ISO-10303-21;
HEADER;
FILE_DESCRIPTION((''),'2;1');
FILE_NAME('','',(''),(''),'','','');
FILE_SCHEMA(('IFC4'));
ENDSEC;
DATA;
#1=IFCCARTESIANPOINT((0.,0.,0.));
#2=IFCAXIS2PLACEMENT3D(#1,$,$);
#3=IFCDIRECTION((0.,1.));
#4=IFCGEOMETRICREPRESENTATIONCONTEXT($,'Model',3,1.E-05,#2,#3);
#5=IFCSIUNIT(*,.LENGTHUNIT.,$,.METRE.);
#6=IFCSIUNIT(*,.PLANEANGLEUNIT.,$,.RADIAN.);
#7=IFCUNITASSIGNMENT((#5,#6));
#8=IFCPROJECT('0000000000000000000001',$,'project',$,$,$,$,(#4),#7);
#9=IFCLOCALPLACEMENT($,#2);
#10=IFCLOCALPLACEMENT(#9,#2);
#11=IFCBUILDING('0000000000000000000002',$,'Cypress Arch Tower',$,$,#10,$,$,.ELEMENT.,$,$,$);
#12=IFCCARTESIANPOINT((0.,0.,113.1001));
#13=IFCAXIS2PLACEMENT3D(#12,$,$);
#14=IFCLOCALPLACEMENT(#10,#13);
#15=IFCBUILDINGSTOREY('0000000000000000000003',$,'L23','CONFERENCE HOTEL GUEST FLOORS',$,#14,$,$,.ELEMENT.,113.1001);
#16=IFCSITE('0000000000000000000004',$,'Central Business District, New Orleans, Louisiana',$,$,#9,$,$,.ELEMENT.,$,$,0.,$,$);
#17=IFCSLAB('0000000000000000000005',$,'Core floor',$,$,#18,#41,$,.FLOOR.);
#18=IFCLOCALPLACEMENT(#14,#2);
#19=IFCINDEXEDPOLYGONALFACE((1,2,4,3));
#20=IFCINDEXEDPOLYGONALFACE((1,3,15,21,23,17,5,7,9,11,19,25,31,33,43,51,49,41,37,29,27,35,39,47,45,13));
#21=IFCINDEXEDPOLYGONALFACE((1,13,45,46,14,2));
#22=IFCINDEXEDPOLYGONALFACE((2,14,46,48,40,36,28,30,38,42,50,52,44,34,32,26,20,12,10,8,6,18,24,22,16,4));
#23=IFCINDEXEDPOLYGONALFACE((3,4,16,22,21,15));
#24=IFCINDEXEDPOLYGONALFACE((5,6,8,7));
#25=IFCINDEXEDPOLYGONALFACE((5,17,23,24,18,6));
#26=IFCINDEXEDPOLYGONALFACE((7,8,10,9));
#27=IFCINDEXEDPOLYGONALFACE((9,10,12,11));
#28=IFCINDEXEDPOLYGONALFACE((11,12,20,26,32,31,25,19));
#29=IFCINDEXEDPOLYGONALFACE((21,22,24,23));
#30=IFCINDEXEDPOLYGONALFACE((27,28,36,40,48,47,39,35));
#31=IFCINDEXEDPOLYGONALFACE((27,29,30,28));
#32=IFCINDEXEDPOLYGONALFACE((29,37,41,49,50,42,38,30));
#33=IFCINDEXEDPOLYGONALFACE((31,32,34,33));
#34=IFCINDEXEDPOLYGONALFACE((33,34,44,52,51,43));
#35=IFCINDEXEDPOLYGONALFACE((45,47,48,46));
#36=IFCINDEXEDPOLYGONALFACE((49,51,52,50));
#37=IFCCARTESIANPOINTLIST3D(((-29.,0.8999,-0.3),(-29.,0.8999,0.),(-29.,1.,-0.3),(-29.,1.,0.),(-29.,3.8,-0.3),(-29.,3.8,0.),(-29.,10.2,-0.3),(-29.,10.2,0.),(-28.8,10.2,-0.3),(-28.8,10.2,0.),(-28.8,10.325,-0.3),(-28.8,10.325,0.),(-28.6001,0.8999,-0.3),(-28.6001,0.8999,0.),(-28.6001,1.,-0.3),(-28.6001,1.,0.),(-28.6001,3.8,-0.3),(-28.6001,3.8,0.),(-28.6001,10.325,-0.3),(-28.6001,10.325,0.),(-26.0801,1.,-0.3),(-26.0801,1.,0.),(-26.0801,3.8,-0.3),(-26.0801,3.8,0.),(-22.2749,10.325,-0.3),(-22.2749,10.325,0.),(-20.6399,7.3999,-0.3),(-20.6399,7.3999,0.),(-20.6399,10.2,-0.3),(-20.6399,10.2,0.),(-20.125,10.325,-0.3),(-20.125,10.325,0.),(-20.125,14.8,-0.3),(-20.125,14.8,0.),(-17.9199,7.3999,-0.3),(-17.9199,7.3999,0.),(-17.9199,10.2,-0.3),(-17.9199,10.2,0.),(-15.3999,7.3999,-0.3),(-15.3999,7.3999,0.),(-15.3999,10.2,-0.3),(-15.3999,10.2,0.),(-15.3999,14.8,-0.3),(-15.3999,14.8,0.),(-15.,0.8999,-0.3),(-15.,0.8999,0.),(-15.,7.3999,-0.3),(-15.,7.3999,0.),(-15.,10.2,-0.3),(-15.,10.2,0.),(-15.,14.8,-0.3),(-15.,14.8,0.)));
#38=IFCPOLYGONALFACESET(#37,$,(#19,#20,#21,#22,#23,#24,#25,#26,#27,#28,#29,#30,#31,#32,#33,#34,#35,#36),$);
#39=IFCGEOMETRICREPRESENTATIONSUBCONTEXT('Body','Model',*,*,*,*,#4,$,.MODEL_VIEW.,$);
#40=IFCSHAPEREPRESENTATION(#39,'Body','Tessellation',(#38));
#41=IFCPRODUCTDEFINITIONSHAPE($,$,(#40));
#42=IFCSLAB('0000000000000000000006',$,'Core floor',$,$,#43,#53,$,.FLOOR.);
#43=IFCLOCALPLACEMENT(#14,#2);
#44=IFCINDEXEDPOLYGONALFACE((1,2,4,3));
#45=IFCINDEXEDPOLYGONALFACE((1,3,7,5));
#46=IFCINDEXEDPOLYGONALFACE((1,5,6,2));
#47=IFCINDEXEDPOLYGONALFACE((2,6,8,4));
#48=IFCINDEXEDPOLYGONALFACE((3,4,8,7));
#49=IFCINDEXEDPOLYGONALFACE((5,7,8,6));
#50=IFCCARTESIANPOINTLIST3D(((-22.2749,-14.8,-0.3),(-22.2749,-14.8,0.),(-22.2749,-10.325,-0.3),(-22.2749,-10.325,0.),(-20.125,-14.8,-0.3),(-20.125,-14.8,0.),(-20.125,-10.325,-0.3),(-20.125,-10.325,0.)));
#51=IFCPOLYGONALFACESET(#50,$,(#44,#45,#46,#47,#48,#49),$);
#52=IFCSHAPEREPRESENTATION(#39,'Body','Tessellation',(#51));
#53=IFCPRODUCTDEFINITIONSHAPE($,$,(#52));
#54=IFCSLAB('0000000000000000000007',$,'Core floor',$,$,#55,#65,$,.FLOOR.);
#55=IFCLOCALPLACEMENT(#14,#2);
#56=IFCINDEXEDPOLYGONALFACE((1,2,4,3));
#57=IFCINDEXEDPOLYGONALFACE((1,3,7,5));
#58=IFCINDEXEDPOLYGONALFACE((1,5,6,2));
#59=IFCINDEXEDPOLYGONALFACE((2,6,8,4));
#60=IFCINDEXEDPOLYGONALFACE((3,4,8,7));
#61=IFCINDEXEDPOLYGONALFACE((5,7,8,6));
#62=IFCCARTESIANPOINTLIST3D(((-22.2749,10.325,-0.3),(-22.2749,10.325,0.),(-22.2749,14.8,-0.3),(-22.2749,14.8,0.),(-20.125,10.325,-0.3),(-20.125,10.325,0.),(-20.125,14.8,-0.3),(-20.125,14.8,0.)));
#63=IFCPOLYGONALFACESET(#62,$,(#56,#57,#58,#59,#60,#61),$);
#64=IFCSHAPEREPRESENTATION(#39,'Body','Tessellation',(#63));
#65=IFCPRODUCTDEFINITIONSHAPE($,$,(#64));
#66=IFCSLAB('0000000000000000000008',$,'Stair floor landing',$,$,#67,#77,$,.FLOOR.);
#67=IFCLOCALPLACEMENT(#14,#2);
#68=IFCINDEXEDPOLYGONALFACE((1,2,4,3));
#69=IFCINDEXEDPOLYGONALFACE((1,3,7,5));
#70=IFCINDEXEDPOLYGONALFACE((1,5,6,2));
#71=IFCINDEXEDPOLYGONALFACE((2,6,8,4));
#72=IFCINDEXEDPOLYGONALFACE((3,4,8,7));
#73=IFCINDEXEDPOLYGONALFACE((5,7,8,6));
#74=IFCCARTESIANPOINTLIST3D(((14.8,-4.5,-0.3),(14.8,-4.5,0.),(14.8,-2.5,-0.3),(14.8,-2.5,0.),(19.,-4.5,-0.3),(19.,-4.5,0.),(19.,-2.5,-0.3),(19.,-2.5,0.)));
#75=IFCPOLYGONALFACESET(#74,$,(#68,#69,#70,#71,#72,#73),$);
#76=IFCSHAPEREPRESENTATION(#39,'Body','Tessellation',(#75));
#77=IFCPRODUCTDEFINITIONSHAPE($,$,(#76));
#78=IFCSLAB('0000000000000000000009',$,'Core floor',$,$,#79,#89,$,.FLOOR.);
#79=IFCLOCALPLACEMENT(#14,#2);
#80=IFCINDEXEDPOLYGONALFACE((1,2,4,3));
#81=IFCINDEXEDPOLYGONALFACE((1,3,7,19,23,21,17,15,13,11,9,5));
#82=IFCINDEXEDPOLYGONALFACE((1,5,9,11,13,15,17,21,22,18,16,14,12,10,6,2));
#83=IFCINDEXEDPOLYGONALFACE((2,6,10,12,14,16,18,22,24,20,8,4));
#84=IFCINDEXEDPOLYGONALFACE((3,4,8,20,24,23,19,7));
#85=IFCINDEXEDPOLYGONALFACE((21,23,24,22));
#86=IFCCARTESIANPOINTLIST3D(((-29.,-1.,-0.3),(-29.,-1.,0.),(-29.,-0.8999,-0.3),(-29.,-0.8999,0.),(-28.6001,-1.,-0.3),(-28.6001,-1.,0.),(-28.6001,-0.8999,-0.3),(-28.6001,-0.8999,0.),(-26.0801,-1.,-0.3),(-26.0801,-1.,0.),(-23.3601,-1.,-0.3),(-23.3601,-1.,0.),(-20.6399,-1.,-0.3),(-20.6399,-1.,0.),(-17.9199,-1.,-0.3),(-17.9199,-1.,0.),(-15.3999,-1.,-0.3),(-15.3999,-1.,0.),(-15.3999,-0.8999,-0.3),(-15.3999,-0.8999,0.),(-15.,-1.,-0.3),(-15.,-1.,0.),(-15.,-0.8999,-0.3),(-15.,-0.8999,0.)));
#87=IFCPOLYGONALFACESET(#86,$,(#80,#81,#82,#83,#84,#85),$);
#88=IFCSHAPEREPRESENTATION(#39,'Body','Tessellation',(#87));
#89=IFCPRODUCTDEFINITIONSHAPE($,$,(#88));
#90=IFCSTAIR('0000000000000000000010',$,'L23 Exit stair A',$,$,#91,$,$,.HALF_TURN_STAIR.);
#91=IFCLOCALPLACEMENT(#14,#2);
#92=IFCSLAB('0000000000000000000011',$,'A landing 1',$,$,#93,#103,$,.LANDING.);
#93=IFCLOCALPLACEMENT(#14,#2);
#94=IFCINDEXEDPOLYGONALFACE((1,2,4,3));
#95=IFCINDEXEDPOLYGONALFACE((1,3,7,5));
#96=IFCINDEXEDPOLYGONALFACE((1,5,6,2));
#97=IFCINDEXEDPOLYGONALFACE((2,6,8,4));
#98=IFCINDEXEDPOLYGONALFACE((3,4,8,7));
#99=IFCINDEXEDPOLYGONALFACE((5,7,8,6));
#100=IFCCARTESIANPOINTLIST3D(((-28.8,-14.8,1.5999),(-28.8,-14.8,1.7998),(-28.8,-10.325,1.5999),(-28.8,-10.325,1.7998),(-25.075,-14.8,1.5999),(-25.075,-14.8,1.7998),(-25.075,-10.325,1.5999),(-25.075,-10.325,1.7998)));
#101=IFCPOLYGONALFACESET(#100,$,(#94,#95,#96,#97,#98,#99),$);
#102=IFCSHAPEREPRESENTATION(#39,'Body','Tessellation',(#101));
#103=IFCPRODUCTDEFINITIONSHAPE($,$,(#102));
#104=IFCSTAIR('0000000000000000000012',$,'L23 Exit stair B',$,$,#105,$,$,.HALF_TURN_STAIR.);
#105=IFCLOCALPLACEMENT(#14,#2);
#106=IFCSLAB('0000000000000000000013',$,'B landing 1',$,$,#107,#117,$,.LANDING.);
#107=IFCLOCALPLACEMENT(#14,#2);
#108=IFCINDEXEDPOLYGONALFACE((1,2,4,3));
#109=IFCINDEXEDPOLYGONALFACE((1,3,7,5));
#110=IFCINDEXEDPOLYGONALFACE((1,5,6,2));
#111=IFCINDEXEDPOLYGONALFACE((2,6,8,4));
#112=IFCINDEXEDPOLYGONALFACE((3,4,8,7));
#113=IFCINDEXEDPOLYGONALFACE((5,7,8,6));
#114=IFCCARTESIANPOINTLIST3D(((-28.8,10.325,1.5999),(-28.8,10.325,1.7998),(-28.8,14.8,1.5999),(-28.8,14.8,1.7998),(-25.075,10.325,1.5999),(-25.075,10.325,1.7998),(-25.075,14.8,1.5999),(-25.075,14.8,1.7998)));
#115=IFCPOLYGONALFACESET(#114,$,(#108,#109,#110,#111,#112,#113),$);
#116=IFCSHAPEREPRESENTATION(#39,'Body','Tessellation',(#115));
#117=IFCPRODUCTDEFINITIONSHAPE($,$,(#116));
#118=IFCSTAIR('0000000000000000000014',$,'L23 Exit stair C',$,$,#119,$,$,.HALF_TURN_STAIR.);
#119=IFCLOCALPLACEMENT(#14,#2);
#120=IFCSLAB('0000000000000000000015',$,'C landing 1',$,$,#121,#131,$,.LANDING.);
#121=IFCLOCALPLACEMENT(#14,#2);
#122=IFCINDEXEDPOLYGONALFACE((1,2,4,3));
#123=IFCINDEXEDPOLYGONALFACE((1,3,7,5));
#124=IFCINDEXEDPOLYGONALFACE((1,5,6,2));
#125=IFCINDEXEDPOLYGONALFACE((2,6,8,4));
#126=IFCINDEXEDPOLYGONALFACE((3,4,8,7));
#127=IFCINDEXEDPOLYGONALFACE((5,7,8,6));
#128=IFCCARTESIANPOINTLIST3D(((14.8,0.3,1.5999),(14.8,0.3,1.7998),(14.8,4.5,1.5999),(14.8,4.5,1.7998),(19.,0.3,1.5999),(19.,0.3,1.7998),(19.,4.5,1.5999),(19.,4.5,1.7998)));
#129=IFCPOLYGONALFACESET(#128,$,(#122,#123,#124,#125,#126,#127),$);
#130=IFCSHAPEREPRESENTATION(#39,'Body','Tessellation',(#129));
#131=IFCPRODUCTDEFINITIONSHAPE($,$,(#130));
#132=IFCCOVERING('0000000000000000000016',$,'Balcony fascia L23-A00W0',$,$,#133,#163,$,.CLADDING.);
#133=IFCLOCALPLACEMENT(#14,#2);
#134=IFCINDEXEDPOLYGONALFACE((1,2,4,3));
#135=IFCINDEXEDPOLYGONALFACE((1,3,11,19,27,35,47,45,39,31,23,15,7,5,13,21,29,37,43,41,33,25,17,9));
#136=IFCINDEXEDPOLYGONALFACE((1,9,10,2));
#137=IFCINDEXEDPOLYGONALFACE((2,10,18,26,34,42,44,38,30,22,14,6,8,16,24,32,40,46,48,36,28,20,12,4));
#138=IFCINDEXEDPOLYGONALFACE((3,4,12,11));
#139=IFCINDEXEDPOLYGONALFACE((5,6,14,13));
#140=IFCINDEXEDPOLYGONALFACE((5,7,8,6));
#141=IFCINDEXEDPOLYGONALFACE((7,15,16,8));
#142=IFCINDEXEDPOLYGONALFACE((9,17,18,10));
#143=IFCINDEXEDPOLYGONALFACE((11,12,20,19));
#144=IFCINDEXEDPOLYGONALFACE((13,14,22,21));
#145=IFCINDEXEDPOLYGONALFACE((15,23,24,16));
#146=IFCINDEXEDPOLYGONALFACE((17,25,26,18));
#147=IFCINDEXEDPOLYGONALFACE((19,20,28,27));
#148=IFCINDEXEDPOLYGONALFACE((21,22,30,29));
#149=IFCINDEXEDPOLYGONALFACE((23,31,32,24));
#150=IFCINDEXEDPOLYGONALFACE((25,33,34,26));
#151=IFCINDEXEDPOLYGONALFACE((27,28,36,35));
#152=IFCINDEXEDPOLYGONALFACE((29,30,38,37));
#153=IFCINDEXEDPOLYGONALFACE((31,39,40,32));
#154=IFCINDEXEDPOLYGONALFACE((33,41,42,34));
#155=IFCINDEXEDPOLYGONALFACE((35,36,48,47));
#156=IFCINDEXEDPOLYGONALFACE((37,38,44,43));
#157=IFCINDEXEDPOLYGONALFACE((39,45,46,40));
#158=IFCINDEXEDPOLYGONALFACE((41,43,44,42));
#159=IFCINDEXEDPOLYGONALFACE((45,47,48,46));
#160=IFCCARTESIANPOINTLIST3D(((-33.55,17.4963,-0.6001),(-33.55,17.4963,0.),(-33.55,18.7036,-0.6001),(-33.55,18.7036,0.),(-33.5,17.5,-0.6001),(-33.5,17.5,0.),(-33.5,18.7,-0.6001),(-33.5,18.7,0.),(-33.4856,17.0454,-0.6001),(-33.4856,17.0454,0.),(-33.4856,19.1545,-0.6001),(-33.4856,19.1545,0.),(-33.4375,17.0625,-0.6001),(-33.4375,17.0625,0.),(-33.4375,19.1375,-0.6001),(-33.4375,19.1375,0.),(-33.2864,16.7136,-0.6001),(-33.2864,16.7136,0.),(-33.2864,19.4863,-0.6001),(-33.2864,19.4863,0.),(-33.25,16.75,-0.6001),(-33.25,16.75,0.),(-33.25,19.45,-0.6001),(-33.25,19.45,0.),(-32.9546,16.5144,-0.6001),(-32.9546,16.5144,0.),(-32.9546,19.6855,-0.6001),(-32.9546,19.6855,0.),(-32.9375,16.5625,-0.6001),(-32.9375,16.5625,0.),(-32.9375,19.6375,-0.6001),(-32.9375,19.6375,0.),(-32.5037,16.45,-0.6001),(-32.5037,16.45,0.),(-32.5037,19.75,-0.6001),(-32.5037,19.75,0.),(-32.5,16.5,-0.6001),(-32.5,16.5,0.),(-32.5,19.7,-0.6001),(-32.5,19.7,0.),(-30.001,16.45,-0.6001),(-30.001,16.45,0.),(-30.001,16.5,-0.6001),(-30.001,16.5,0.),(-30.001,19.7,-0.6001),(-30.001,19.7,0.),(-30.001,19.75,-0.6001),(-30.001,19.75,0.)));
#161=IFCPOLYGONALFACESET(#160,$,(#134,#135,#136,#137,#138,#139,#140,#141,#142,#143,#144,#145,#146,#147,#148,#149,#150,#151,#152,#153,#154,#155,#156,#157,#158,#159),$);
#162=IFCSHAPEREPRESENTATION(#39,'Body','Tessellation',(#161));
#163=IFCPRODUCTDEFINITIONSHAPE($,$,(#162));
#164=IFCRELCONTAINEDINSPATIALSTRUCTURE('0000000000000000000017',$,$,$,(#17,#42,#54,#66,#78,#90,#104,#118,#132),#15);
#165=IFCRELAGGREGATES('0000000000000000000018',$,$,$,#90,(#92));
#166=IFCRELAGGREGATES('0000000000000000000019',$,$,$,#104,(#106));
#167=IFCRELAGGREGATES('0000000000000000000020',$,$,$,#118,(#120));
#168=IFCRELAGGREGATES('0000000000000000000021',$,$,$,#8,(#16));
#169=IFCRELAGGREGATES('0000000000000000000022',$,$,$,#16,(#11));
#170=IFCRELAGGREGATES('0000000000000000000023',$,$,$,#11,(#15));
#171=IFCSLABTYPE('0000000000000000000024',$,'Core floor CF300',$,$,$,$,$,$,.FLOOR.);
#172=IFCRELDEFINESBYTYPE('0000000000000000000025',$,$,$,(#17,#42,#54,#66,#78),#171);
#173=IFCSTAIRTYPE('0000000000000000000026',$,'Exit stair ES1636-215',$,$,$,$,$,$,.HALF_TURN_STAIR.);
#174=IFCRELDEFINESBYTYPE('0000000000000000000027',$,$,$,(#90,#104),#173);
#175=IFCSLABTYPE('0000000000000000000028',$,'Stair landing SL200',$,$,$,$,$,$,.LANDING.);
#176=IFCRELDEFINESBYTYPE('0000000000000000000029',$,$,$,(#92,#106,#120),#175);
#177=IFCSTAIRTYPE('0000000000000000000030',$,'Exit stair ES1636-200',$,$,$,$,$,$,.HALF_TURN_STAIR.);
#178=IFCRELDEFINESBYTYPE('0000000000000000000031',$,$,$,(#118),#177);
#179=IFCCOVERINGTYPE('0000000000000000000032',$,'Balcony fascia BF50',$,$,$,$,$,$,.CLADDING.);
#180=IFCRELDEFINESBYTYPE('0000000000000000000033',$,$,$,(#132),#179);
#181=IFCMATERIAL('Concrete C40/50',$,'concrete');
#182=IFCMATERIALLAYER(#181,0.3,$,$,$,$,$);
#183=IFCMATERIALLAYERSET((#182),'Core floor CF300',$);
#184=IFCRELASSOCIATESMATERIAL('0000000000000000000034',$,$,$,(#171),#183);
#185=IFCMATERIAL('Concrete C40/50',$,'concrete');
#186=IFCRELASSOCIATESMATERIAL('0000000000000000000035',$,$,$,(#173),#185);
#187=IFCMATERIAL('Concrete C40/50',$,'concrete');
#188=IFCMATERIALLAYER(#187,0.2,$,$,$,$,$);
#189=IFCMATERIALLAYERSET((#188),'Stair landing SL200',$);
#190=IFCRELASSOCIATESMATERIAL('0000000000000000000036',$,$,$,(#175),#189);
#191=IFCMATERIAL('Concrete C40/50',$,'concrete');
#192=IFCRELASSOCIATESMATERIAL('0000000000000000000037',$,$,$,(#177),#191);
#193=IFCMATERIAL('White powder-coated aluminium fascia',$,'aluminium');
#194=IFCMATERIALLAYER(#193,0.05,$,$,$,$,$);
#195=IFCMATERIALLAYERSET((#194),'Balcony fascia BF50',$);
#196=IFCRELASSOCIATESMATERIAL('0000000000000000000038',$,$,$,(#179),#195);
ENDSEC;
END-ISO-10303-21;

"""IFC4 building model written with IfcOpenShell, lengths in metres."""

from ifc_helpers import new_model, si_unit, direction, frame, origin, place, context, subcontext, project, spatial, polyline, outline, extrude, material, layer, layer_set, type_object, element, aggregate, save


model = new_model("IFC4")

# Units and contexts
model_context = context("Model", 3, precision=1e-05, world=origin(), true_north=direction((0.0, 1.0)))
body_context = subcontext(model_context, "Body", "Model", "MODEL_VIEW")
ifc_project = project(units=[si_unit("LENGTHUNIT", "METRE"), si_unit("PLANEANGLEUNIT", "RADIAN")], contexts=[model_context])

# Site, building, storey
site_placement = place(None, origin())
site = spatial("IfcSite", under=ifc_project, at=site_placement, Name="Central Business District, New Orleans, Louisiana", CompositionType="ELEMENT", RefElevation=0.0)
building_placement = place(site_placement, origin())
building = spatial("IfcBuilding", under=site, at=building_placement, Name="Cypress Arch Tower", CompositionType="ELEMENT")
storey_placement = place(building_placement, frame((0.0, 0.0, 113.1001)))
storey = spatial("IfcBuildingStorey", under=building, at=storey_placement, Name="L23", Description="CONFERENCE HOTEL GUEST FLOORS", CompositionType="ELEMENT", Elevation=113.1001)

# Slabs
ifc_material_1 = material(Name="Concrete C40/50", Category="concrete")
ifc_layer_1 = layer(ifc_material_1, 0.3)
ifc_layer_set_1 = layer_set([ifc_layer_1], Name="Core floor CF300")
slab_type_1 = type_object("IfcSlabType", Name="Core floor CF300", PredefinedType="FLOOR", material=ifc_layer_set_1)
slab_1_placement = place(storey_placement, frame((0.0, 0.0, -0.3)))
element("IfcSlab", 1, at=slab_1_placement, inside=storey, type_object=slab_type_1, Name="Core floor", PredefinedType="FLOOR", context=body_context, shape_type="SweptSolid", body=[
    extrude(outline(polyline([(-29.0, 3.8), (-29.0, 10.2), (-28.8, 10.2), (-28.8, 10.325), (-28.6001, 10.325), (-22.2749, 10.325), (-20.125, 10.325), (-20.125, 14.8), (-15.3999, 14.8), (-15.0, 14.8), (-15.0, 10.2), (-15.3999, 10.2), (-17.9199, 10.2), (-20.6399, 10.2), (-20.6399, 7.3999), (-17.9199, 7.3999), (-15.3999, 7.3999), (-15.0, 7.3999), (-15.0, 0.8999), (-28.6001, 0.8999), (-29.0, 0.8999), (-29.0, 1.0), (-28.6001, 1.0), (-26.0801, 1.0), (-26.0801, 3.8), (-28.6001, 3.8), (-29.0, 3.8)])), origin(), (0.0, 0.0, 1.0), 0.3),
])
slab_2_placement = place(storey_placement, frame((0.0, 0.0, -0.3)))
element("IfcSlab", 2, at=slab_2_placement, inside=storey, type_object=slab_type_1, Name="Core floor", PredefinedType="FLOOR", context=body_context, shape_type="SweptSolid", body=[
    extrude(outline(polyline([(-22.2749, -10.325), (-22.2749, -14.8), (-20.125, -14.8), (-20.125, -10.325), (-22.2749, -10.325)])), origin(), (0.0, 0.0, 1.0), 0.3),
])
slab_3_placement = place(storey_placement, frame((0.0, 0.0, -0.3)))
element("IfcSlab", 3, at=slab_3_placement, inside=storey, type_object=slab_type_1, Name="Core floor", PredefinedType="FLOOR", context=body_context, shape_type="SweptSolid", body=[
    extrude(outline(polyline([(-20.125, 14.8), (-22.2749, 14.8), (-22.2749, 10.325), (-20.125, 10.325), (-20.125, 14.8)])), origin(), (0.0, 0.0, 1.0), 0.3),
])
slab_4_placement = place(storey_placement, frame((0.0, 0.0, -0.3)))
element("IfcSlab", 4, at=slab_4_placement, inside=storey, type_object=slab_type_1, Name="Stair floor landing", PredefinedType="FLOOR", context=body_context, shape_type="SweptSolid", body=[
    extrude(outline(polyline([(19.0, -4.5), (19.0, -2.5), (14.8, -2.5), (14.8, -4.5), (19.0, -4.5)])), origin(), (0.0, 0.0, 1.0), 0.3),
])
slab_5_placement = place(storey_placement, frame((0.0, 0.0, -0.3)))
element("IfcSlab", 5, at=slab_5_placement, inside=storey, type_object=slab_type_1, Name="Core floor", PredefinedType="FLOOR", context=body_context, shape_type="SweptSolid", body=[
    extrude(outline(polyline([(-20.6399, -1.0), (-23.3601, -1.0), (-26.0801, -1.0), (-28.6001, -1.0), (-29.0, -1.0), (-29.0, -0.8999), (-28.6001, -0.8999), (-15.3999, -0.8999), (-15.0, -0.8999), (-15.0, -1.0), (-15.3999, -1.0), (-17.9199, -1.0), (-20.6399, -1.0)])), origin(), (0.0, 0.0, 1.0), 0.3),
])

# Stairs, slabs
ifc_material_2 = material(Name="Concrete C40/50", Category="concrete")
stair_type_1 = type_object("IfcStairType", Name="Exit stair ES1636-215", PredefinedType="HALF_TURN_STAIR", material=ifc_material_2)
stair_1_placement = place(storey_placement, origin())
stair_1 = element("IfcStair", 6, at=stair_1_placement, inside=storey, type_object=stair_type_1, Name="L23 Exit stair A", PredefinedType="HALF_TURN_STAIR")
ifc_material_3 = material(Name="Concrete C40/50", Category="concrete")
ifc_layer_2 = layer(ifc_material_3, 0.2)
ifc_layer_set_2 = layer_set([ifc_layer_2], Name="Stair landing SL200")
slab_type_2 = type_object("IfcSlabType", Name="Stair landing SL200", PredefinedType="LANDING", material=ifc_layer_set_2)
slab_6_placement = place(storey_placement, frame((0.0, 0.0, 1.5999)))
slab_6 = element("IfcSlab", 7, at=slab_6_placement, type_object=slab_type_2, Name="A landing 1", PredefinedType="LANDING", context=body_context, shape_type="SweptSolid", body=[
    extrude(outline(polyline([(-25.075, -10.325), (-28.8, -10.325), (-28.8, -14.8), (-25.075, -14.8), (-25.075, -10.325)])), origin(), (0.0, 0.0, 1.0), 0.2),
])
aggregate(stair_1, [slab_6])
stair_2_placement = place(storey_placement, origin())
stair_2 = element("IfcStair", 8, at=stair_2_placement, inside=storey, type_object=stair_type_1, Name="L23 Exit stair B", PredefinedType="HALF_TURN_STAIR")
slab_7_placement = place(storey_placement, frame((0.0, 0.0, 1.5999)))
slab_7 = element("IfcSlab", 9, at=slab_7_placement, type_object=slab_type_2, Name="B landing 1", PredefinedType="LANDING", context=body_context, shape_type="SweptSolid", body=[
    extrude(outline(polyline([(-25.075, 14.8), (-28.8, 14.8), (-28.8, 10.325), (-25.075, 10.325), (-25.075, 14.8)])), origin(), (0.0, 0.0, 1.0), 0.2),
])
aggregate(stair_2, [slab_7])
ifc_material_4 = material(Name="Concrete C40/50", Category="concrete")
stair_type_2 = type_object("IfcStairType", Name="Exit stair ES1636-200", PredefinedType="HALF_TURN_STAIR", material=ifc_material_4)
stair_3_placement = place(storey_placement, origin())
stair_3 = element("IfcStair", 10, at=stair_3_placement, inside=storey, type_object=stair_type_2, Name="L23 Exit stair C", PredefinedType="HALF_TURN_STAIR")
slab_8_placement = place(storey_placement, frame((0.0, 0.0, 1.5999)))
slab_8 = element("IfcSlab", 11, at=slab_8_placement, type_object=slab_type_2, Name="C landing 1", PredefinedType="LANDING", context=body_context, shape_type="SweptSolid", body=[
    extrude(outline(polyline([(19.0, 0.3), (19.0, 4.5), (14.8, 4.5), (14.8, 0.3), (19.0, 0.3)])), origin(), (0.0, 0.0, 1.0), 0.2),
])
aggregate(stair_3, [slab_8])

# Covering
ifc_material_5 = material(Name="White powder-coated aluminium fascia", Category="aluminium")
ifc_layer_3 = layer(ifc_material_5, 0.05)
ifc_layer_set_3 = layer_set([ifc_layer_3], Name="Balcony fascia BF50")
covering_type_1 = type_object("IfcCoveringType", Name="Balcony fascia BF50", PredefinedType="CLADDING", material=ifc_layer_set_3)
covering_1_placement = place(storey_placement, frame((0.0, 0.0, -0.6001)))
element("IfcCovering", 12, at=covering_1_placement, inside=storey, type_object=covering_type_1, Name="Balcony fascia L23-A00W0", PredefinedType="CLADDING", context=body_context, shape_type="SweptSolid", body=[
    extrude(outline(polyline([(-32.5037, 16.45), (-32.9546, 16.5144), (-33.2864, 16.7136), (-33.4856, 17.0454), (-33.55, 17.4963), (-33.55, 18.7036), (-33.4856, 19.1545), (-33.2864, 19.4863), (-32.9546, 19.6855), (-32.5037, 19.75), (-30.001, 19.75), (-30.001, 19.7), (-32.5, 19.7), (-32.9375, 19.6375), (-33.25, 19.45), (-33.4375, 19.1375), (-33.5, 18.7), (-33.5, 17.5), (-33.4375, 17.0625), (-33.25, 16.75), (-32.9375, 16.5625), (-32.5, 16.5), (-30.001, 16.5), (-30.001, 16.45), (-32.5037, 16.45)])), origin(), (0.0, 0.0, 1.0), 0.6001),
])

save(model, "model.ifc")
